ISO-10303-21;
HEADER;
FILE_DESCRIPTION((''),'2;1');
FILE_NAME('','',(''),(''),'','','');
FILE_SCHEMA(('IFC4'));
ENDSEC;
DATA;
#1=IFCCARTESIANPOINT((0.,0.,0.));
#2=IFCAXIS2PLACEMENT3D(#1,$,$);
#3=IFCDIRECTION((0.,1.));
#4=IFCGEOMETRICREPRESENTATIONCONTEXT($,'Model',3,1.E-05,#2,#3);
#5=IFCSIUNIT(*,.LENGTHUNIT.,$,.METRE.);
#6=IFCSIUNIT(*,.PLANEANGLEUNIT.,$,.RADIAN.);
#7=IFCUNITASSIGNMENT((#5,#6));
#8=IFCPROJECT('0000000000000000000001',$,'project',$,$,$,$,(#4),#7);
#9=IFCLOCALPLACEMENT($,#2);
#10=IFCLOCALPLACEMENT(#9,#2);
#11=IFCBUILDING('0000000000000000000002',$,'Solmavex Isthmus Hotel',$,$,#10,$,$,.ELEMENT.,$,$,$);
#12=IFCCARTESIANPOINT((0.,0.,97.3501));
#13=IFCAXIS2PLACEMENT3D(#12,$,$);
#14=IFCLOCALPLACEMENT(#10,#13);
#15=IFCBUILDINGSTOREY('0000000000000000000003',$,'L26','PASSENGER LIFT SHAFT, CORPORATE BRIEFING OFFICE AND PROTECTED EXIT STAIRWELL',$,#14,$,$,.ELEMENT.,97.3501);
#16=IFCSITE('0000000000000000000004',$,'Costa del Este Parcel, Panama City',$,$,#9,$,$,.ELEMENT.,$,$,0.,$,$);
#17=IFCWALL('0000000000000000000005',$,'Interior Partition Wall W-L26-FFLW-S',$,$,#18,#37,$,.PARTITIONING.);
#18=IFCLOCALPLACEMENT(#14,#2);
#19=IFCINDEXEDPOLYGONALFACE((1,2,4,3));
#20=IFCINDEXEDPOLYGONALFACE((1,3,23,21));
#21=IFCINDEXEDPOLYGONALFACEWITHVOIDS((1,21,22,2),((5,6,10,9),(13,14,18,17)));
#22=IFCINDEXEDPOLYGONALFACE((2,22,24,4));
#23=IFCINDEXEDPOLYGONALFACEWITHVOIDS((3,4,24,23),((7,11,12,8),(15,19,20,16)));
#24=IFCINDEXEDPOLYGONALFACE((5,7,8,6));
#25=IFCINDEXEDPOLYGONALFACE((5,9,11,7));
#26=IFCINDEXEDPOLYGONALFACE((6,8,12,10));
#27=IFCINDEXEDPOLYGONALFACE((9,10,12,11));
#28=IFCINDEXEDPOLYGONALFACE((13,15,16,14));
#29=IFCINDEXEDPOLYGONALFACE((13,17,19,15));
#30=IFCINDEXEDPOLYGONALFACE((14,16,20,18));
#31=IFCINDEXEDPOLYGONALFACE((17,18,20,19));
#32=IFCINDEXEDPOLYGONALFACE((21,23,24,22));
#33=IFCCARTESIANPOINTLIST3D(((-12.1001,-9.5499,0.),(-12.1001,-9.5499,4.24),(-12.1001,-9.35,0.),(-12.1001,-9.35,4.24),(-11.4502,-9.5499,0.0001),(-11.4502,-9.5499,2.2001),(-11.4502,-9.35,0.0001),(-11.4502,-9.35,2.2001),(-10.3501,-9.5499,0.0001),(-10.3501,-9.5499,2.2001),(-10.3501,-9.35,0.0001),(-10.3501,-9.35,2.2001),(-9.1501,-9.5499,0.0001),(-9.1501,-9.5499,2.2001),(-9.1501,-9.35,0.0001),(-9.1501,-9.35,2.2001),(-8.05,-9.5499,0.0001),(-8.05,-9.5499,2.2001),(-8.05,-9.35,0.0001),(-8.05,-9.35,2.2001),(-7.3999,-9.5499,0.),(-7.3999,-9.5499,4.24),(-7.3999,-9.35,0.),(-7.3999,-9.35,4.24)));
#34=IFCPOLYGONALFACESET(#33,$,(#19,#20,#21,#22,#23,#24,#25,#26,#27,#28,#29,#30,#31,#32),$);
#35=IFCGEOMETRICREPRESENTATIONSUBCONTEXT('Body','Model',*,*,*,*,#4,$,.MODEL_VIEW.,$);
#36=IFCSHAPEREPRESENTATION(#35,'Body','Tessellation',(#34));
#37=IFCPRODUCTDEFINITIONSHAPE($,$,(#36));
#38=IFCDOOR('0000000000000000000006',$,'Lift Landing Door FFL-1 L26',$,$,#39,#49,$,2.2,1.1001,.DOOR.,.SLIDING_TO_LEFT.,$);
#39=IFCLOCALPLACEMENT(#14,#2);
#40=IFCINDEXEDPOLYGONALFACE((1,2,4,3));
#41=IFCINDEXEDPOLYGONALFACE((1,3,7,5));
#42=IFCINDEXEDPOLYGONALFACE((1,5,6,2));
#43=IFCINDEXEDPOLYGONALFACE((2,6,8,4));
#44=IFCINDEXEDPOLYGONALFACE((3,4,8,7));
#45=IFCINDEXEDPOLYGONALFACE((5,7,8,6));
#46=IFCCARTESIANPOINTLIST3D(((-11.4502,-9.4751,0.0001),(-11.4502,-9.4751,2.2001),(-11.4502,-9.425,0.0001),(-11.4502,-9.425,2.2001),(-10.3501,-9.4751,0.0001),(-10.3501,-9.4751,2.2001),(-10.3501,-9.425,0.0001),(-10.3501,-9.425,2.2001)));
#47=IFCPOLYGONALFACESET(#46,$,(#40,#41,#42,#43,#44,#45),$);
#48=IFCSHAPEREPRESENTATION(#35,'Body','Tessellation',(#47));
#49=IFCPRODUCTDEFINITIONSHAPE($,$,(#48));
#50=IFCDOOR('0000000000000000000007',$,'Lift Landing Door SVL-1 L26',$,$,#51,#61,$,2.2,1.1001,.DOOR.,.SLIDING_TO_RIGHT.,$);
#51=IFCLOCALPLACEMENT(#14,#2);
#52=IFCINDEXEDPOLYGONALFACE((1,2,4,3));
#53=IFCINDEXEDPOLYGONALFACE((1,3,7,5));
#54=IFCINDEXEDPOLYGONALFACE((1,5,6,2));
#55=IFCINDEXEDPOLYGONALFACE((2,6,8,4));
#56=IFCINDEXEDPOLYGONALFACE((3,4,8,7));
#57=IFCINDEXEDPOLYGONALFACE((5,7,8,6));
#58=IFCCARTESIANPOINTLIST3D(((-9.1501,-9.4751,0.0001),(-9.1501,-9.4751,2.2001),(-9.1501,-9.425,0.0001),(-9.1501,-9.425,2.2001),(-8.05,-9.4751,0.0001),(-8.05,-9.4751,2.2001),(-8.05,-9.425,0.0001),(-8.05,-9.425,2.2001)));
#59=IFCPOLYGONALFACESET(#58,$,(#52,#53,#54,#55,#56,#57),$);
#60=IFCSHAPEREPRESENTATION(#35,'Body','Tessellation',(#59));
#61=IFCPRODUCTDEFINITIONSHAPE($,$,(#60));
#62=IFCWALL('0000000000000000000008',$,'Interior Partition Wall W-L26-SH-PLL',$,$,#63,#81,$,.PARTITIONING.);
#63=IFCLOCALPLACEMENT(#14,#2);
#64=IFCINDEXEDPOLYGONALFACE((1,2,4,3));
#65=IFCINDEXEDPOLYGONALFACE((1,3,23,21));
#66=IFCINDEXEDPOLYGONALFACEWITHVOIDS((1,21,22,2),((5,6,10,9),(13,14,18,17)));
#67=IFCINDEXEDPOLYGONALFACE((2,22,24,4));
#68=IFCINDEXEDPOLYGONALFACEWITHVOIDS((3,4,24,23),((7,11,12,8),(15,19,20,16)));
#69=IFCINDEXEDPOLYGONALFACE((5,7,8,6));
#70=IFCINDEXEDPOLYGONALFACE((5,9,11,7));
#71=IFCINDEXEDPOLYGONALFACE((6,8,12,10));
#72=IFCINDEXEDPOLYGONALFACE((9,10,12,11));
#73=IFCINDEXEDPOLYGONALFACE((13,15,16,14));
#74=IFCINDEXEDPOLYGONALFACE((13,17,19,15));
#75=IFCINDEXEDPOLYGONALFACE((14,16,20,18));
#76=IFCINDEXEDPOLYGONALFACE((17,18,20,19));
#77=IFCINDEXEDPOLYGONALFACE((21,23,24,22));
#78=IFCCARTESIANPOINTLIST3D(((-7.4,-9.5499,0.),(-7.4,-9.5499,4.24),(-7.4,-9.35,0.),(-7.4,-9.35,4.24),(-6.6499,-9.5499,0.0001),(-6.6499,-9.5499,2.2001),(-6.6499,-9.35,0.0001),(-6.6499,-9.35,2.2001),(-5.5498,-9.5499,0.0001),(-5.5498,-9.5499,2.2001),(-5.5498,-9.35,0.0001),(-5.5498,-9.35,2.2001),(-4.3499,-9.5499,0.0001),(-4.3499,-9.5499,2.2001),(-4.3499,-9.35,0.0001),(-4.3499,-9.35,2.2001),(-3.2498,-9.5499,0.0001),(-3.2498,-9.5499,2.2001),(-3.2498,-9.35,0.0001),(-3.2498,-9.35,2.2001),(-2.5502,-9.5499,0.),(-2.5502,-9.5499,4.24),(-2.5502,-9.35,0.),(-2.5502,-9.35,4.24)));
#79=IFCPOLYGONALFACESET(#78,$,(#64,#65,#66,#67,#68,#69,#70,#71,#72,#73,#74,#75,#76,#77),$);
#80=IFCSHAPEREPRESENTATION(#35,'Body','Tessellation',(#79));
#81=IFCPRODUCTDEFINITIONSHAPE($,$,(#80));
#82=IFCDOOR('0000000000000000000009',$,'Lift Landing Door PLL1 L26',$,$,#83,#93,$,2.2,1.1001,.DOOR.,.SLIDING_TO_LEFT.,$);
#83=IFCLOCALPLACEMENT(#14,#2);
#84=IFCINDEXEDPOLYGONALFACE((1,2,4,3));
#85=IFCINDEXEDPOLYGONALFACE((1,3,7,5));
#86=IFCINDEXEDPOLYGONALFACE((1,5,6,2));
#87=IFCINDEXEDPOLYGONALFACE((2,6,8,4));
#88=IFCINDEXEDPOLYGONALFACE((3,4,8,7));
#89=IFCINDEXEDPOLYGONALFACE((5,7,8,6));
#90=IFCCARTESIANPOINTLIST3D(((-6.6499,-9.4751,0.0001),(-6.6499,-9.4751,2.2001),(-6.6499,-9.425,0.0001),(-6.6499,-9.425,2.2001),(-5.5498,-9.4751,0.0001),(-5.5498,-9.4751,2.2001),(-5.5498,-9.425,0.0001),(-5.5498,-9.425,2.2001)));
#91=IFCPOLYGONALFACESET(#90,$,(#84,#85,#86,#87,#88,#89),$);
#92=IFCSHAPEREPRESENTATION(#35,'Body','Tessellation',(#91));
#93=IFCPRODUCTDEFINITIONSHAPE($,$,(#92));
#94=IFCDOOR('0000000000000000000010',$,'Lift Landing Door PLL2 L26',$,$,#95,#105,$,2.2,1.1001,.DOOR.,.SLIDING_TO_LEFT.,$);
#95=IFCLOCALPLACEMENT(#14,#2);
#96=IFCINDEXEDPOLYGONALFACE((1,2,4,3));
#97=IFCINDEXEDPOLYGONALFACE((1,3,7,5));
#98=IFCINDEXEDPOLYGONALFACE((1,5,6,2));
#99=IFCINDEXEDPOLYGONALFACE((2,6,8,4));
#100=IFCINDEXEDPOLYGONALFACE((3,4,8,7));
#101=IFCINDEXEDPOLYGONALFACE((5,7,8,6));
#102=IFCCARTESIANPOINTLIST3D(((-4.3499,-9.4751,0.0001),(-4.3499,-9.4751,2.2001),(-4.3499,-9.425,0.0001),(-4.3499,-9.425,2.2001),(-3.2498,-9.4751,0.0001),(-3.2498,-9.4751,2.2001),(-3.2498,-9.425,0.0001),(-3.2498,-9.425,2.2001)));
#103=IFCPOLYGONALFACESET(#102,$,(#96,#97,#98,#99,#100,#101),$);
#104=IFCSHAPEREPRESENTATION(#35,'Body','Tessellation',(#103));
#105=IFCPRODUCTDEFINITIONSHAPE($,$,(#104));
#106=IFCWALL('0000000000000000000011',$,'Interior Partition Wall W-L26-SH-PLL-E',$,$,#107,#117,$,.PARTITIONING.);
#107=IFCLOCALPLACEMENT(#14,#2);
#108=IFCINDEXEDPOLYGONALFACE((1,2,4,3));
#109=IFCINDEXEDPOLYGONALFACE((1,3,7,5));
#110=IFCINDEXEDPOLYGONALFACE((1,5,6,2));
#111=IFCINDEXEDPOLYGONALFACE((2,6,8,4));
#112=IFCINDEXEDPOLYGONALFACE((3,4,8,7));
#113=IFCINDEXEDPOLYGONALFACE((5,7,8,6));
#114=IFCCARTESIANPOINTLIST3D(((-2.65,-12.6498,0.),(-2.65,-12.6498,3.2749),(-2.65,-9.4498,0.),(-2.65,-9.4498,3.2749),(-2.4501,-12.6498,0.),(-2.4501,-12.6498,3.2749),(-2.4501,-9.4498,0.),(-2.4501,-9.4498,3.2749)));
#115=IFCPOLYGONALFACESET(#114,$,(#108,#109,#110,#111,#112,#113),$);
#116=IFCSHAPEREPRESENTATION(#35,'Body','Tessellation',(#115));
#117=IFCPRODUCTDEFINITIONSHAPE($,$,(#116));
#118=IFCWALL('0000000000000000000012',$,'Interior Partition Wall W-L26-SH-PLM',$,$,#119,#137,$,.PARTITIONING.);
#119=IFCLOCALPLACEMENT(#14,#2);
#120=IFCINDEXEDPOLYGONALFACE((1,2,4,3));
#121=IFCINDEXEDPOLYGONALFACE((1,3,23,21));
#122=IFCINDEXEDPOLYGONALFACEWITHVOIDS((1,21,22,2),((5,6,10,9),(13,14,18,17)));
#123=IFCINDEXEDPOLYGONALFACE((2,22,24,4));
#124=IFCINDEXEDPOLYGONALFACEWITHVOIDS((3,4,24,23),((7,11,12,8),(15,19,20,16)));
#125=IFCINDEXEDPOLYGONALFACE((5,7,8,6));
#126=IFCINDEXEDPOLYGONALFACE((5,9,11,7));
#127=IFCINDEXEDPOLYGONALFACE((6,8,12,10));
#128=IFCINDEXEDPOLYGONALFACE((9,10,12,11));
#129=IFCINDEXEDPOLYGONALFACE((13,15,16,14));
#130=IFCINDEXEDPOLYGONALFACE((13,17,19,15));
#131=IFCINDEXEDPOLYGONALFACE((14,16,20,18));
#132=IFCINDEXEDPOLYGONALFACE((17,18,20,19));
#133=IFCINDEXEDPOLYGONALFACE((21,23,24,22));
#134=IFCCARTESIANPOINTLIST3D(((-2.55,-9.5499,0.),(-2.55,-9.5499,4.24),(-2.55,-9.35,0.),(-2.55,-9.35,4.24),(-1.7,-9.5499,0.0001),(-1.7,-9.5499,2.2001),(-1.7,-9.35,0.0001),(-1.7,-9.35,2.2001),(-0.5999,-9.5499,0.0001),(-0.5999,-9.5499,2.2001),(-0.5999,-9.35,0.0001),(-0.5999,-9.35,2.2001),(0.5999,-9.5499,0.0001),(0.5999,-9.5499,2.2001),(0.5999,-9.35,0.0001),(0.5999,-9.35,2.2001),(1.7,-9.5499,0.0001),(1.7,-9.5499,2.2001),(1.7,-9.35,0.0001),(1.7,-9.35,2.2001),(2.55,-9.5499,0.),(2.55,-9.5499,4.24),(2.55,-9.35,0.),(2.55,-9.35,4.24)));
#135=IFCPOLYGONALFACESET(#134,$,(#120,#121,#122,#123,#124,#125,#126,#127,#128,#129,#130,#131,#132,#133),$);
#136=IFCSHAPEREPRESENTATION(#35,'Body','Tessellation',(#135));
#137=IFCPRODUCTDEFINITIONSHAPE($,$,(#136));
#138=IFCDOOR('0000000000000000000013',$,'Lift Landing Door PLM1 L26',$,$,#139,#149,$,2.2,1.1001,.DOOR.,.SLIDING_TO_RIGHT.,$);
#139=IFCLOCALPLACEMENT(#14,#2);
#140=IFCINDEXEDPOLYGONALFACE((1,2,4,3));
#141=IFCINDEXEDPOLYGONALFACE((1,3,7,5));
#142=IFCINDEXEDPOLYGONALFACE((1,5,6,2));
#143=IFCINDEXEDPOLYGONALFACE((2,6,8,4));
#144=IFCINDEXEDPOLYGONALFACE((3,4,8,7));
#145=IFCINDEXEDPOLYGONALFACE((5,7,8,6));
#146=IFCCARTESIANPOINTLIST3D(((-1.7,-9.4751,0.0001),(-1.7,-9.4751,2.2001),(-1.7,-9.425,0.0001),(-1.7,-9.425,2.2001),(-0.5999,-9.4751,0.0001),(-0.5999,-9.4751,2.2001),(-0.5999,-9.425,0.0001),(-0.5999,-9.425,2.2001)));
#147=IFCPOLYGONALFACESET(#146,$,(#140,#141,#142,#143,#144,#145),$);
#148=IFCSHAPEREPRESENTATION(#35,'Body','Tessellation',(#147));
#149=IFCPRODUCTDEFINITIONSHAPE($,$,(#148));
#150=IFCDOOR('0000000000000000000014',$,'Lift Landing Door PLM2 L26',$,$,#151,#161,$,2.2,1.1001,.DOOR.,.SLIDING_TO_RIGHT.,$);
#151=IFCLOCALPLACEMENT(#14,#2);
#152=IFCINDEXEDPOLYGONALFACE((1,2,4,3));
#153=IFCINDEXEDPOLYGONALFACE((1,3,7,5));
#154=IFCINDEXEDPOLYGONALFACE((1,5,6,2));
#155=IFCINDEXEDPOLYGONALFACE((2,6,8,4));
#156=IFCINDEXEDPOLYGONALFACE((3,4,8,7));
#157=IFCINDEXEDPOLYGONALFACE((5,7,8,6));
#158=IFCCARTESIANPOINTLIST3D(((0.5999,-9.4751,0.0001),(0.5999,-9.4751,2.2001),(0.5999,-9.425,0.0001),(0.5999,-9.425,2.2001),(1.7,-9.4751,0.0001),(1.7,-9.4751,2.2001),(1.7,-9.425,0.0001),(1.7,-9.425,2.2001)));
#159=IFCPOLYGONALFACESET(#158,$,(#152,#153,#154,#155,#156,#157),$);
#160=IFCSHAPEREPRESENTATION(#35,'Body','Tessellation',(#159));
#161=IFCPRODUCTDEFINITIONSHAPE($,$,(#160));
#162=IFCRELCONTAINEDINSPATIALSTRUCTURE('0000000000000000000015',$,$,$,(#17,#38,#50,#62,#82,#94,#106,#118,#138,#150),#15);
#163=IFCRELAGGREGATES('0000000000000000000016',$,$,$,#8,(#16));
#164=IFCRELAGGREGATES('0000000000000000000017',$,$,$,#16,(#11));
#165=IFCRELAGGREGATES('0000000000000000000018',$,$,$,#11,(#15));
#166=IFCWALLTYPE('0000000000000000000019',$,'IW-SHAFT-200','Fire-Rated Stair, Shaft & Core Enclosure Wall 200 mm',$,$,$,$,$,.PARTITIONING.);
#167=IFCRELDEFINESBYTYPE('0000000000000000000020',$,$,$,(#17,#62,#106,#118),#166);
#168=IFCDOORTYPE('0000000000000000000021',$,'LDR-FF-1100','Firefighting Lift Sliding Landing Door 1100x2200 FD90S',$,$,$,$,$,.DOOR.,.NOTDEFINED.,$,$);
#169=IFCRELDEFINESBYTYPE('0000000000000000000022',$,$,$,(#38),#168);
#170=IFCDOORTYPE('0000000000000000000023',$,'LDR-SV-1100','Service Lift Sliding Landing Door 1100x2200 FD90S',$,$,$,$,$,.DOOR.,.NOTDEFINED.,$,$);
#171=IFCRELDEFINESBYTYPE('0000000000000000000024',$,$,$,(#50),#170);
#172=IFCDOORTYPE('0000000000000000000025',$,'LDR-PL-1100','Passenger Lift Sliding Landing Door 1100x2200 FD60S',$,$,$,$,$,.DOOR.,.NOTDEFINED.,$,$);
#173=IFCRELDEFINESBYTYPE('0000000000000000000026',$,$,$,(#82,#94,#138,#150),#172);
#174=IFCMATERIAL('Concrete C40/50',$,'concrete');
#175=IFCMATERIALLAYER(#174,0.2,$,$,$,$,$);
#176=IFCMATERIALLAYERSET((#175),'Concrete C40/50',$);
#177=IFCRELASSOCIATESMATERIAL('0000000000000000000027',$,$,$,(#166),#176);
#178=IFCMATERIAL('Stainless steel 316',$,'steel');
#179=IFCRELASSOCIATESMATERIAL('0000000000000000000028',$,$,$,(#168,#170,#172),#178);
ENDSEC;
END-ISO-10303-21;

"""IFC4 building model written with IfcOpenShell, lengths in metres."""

from ifc_helpers import new_model, si_unit, direction, frame, frame_2d, origin, place, context, subcontext, project, spatial, rectangle, extrude, material, layer, layer_set, type_object, element, fill, save


model = new_model("IFC4")

# Units and contexts
model_context = context("Model", 3, precision=1e-05, world=origin(), true_north=direction((0.0, 1.0)))
body_context = subcontext(model_context, "Body", "Model", "MODEL_VIEW")
ifc_project = project(units=[si_unit("LENGTHUNIT", "METRE"), si_unit("PLANEANGLEUNIT", "RADIAN")], contexts=[model_context])

# Site, building, storey
site_placement = place(None, origin())
site = spatial("IfcSite", under=ifc_project, at=site_placement, Name="Costa del Este Parcel, Panama City", CompositionType="ELEMENT", RefElevation=0.0)
building_placement = place(site_placement, origin())
building = spatial("IfcBuilding", under=site, at=building_placement, Name="Solmavex Isthmus Hotel", CompositionType="ELEMENT")
storey_placement = place(building_placement, frame((0.0, 0.0, 97.3501)))
storey = spatial("IfcBuildingStorey", under=building, at=storey_placement, Name="L26", Description="PASSENGER LIFT SHAFT, CORPORATE BRIEFING OFFICE AND PROTECTED EXIT STAIRWELL", CompositionType="ELEMENT", Elevation=97.3501)

# Shared definitions
ifc_material_1 = material(Name="Concrete C40/50", Category="concrete")

# Shared definitions
ifc_layer_1 = layer(ifc_material_1, 0.2)
ifc_layer_set_1 = layer_set([ifc_layer_1], Name="Concrete C40/50")
wall_type_1 = type_object("IfcWallType", Name="IW-SHAFT-200", Description="Fire-Rated Stair, Shaft & Core Enclosure Wall 200 mm", PredefinedType="PARTITIONING", material=ifc_layer_set_1)

# Walls, openings, doors
wall_1_placement = place(storey_placement, frame((-12.1001, -9.45, 0.0), z_axis=(0.0, 0.0, 1.0), x_axis=(1.0, 0.0, 0.0)))
wall_1 = element("IfcWall", 1, at=wall_1_placement, inside=storey, type_object=wall_type_1, Name="Interior Partition Wall W-L26-FFLW-S", PredefinedType="PARTITIONING", context=body_context, shape_type="SweptSolid", body=[
    extrude(rectangle(XDim=4.7002, YDim=0.2, at=frame_2d((2.3501, 0.0))), origin(), (0.0, 0.0, 1.0), 4.24),
])
opening_1_placement = place(wall_1_placement, frame((0.6499, 0.0, 0.0)))
opening_1 = element("IfcOpeningElement", 2, at=opening_1_placement, cuts=wall_1, PredefinedType="OPENING", context=body_context, shape_type="SweptSolid", body=[
    extrude(rectangle(XDim=1.1001, YDim=2.2, at=frame_2d((0.55, 1.1001))), frame((0.0, 0.1099, 0.0), z_axis=(0.0, -1.0, 0.0), x_axis=(1.0, 0.0, 0.0)), (0.0, 0.0, 1.0), 0.22),
])
opening_2_placement = place(wall_1_placement, frame((2.95, 0.0, 0.0)))
opening_2 = element("IfcOpeningElement", 3, at=opening_2_placement, cuts=wall_1, PredefinedType="OPENING", context=body_context, shape_type="SweptSolid", body=[
    extrude(rectangle(XDim=1.1001, YDim=2.2, at=frame_2d((0.55, 1.1001))), frame((0.0, 0.1099, 0.0), z_axis=(0.0, -1.0, 0.0), x_axis=(1.0, 0.0, 0.0)), (0.0, 0.0, 1.0), 0.22),
])
ifc_material_2 = material(Name="Stainless steel 316", Category="steel")
door_type_1 = type_object("IfcDoorType", Name="LDR-FF-1100", Description="Firefighting Lift Sliding Landing Door 1100x2200 FD90S", OperationType="NOTDEFINED", PredefinedType="DOOR", material=ifc_material_2)
door_1_placement = place(opening_1_placement, origin())
door_1 = element("IfcDoor", 4, at=door_1_placement, inside=storey, type_object=door_type_1, Name="Lift Landing Door FFL-1 L26", OperationType="SLIDING_TO_LEFT", OverallHeight=2.2, OverallWidth=1.1001, PredefinedType="DOOR", context=body_context, shape_type="SweptSolid", body=[
    extrude(rectangle(XDim=1.1001, YDim=2.2, at=frame_2d((0.55, 1.1001))), frame((0.0, 0.0249, 0.0), z_axis=(0.0, -1.0, 0.0), x_axis=(1.0, 0.0, 0.0)), (0.0, 0.0, 1.0), 0.05),
])
fill(opening_1, door_1)
door_type_2 = type_object("IfcDoorType", Name="LDR-SV-1100", Description="Service Lift Sliding Landing Door 1100x2200 FD90S", OperationType="NOTDEFINED", PredefinedType="DOOR", material=ifc_material_2)
door_2_placement = place(opening_2_placement, origin())
door_2 = element("IfcDoor", 5, at=door_2_placement, inside=storey, type_object=door_type_2, Name="Lift Landing Door SVL-1 L26", OperationType="SLIDING_TO_RIGHT", OverallHeight=2.2, OverallWidth=1.1001, PredefinedType="DOOR", context=body_context, shape_type="SweptSolid", body=[
    extrude(rectangle(XDim=1.1001, YDim=2.2, at=frame_2d((0.55, 1.1001))), frame((0.0, 0.0249, 0.0), z_axis=(0.0, -1.0, 0.0), x_axis=(1.0, 0.0, 0.0)), (0.0, 0.0, 1.0), 0.05),
])
fill(opening_2, door_2)
wall_2_placement = place(storey_placement, frame((-7.3999, -9.45, 0.0), z_axis=(0.0, 0.0, 1.0), x_axis=(1.0, 0.0, 0.0)))
wall_2 = element("IfcWall", 6, at=wall_2_placement, inside=storey, type_object=wall_type_1, Name="Interior Partition Wall W-L26-SH-PLL", PredefinedType="PARTITIONING", context=body_context, shape_type="SweptSolid", body=[
    extrude(rectangle(XDim=4.8499, YDim=0.2, at=frame_2d((2.4248, 0.0))), origin(), (0.0, 0.0, 1.0), 4.24),
])
opening_3_placement = place(wall_2_placement, frame((0.75, 0.0, 0.0)))
opening_3 = element("IfcOpeningElement", 7, at=opening_3_placement, cuts=wall_2, PredefinedType="OPENING", context=body_context, shape_type="SweptSolid", body=[
    extrude(rectangle(XDim=1.1001, YDim=2.2, at=frame_2d((0.55, 1.1001))), frame((0.0, 0.1099, 0.0), z_axis=(0.0, -1.0, 0.0), x_axis=(1.0, 0.0, 0.0)), (0.0, 0.0, 1.0), 0.22),
])
opening_4_placement = place(wall_2_placement, frame((3.05, 0.0, 0.0)))
opening_4 = element("IfcOpeningElement", 8, at=opening_4_placement, cuts=wall_2, PredefinedType="OPENING", context=body_context, shape_type="SweptSolid", body=[
    extrude(rectangle(XDim=1.1001, YDim=2.2, at=frame_2d((0.55, 1.1001))), frame((0.0, 0.1099, 0.0), z_axis=(0.0, -1.0, 0.0), x_axis=(1.0, 0.0, 0.0)), (0.0, 0.0, 1.0), 0.22),
])
door_type_3 = type_object("IfcDoorType", Name="LDR-PL-1100", Description="Passenger Lift Sliding Landing Door 1100x2200 FD60S", OperationType="NOTDEFINED", PredefinedType="DOOR", material=ifc_material_2)
door_3_placement = place(opening_3_placement, origin())
door_3 = element("IfcDoor", 9, at=door_3_placement, inside=storey, type_object=door_type_3, Name="Lift Landing Door PLL1 L26", OperationType="SLIDING_TO_LEFT", OverallHeight=2.2, OverallWidth=1.1001, PredefinedType="DOOR", context=body_context, shape_type="SweptSolid", body=[
    extrude(rectangle(XDim=1.1001, YDim=2.2, at=frame_2d((0.55, 1.1001))), frame((0.0, 0.0249, 0.0), z_axis=(0.0, -1.0, 0.0), x_axis=(1.0, 0.0, 0.0)), (0.0, 0.0, 1.0), 0.05),
])
fill(opening_3, door_3)
door_4_placement = place(opening_4_placement, origin())
door_4 = element("IfcDoor", 10, at=door_4_placement, inside=storey, type_object=door_type_3, Name="Lift Landing Door PLL2 L26", OperationType="SLIDING_TO_LEFT", OverallHeight=2.2, OverallWidth=1.1001, PredefinedType="DOOR", context=body_context, shape_type="SweptSolid", body=[
    extrude(rectangle(XDim=1.1001, YDim=2.2, at=frame_2d((0.55, 1.1001))), frame((0.0, 0.0249, 0.0), z_axis=(0.0, -1.0, 0.0), x_axis=(1.0, 0.0, 0.0)), (0.0, 0.0, 1.0), 0.05),
])
fill(opening_4, door_4)

# Wall
wall_3_placement = place(storey_placement, frame((-2.55, -12.6499, 0.0), z_axis=(0.0, 0.0, 1.0), x_axis=(0.0, 1.0, 0.0)))
element("IfcWall", 11, at=wall_3_placement, inside=storey, type_object=wall_type_1, Name="Interior Partition Wall W-L26-SH-PLL-E", PredefinedType="PARTITIONING", context=body_context, shape_type="SweptSolid", body=[
    extrude(rectangle(XDim=3.2, YDim=0.2, at=frame_2d((1.6001, 0.0))), origin(), (0.0, 0.0, 1.0), 3.2749),
])

# Wall, openings, doors
wall_4_placement = place(storey_placement, frame((-2.55, -9.45, 0.0), z_axis=(0.0, 0.0, 1.0), x_axis=(1.0, 0.0, 0.0)))
wall_4 = element("IfcWall", 12, at=wall_4_placement, inside=storey, type_object=wall_type_1, Name="Interior Partition Wall W-L26-SH-PLM", PredefinedType="PARTITIONING", context=body_context, shape_type="SweptSolid", body=[
    extrude(rectangle(XDim=5.1001, YDim=0.2, at=frame_2d((2.55, 0.0))), origin(), (0.0, 0.0, 1.0), 4.24),
])
opening_5_placement = place(wall_4_placement, frame((0.8501, 0.0, 0.0)))
opening_5 = element("IfcOpeningElement", 13, at=opening_5_placement, cuts=wall_4, PredefinedType="OPENING", context=body_context, shape_type="SweptSolid", body=[
    extrude(rectangle(XDim=1.1001, YDim=2.2, at=frame_2d((0.55, 1.1001))), frame((0.0, 0.1099, 0.0), z_axis=(0.0, -1.0, 0.0), x_axis=(1.0, 0.0, 0.0)), (0.0, 0.0, 1.0), 0.22),
])
opening_6_placement = place(wall_4_placement, frame((3.1499, 0.0, 0.0)))
opening_6 = element("IfcOpeningElement", 14, at=opening_6_placement, cuts=wall_4, PredefinedType="OPENING", context=body_context, shape_type="SweptSolid", body=[
    extrude(rectangle(XDim=1.1001, YDim=2.2, at=frame_2d((0.55, 1.1001))), frame((0.0, 0.1099, 0.0), z_axis=(0.0, -1.0, 0.0), x_axis=(1.0, 0.0, 0.0)), (0.0, 0.0, 1.0), 0.22),
])
door_5_placement = place(opening_5_placement, origin())
door_5 = element("IfcDoor", 15, at=door_5_placement, inside=storey, type_object=door_type_3, Name="Lift Landing Door PLM1 L26", OperationType="SLIDING_TO_RIGHT", OverallHeight=2.2, OverallWidth=1.1001, PredefinedType="DOOR", context=body_context, shape_type="SweptSolid", body=[
    extrude(rectangle(XDim=1.1001, YDim=2.2, at=frame_2d((0.55, 1.1001))), frame((0.0, 0.0249, 0.0), z_axis=(0.0, -1.0, 0.0), x_axis=(1.0, 0.0, 0.0)), (0.0, 0.0, 1.0), 0.05),
])
fill(opening_5, door_5)
door_6_placement = place(opening_6_placement, origin())
door_6 = element("IfcDoor", 16, at=door_6_placement, inside=storey, type_object=door_type_3, Name="Lift Landing Door PLM2 L26", OperationType="SLIDING_TO_RIGHT", OverallHeight=2.2, OverallWidth=1.1001, PredefinedType="DOOR", context=body_context, shape_type="SweptSolid", body=[
    extrude(rectangle(XDim=1.1001, YDim=2.2, at=frame_2d((0.55, 1.1001))), frame((0.0, 0.0249, 0.0), z_axis=(0.0, -1.0, 0.0), x_axis=(1.0, 0.0, 0.0)), (0.0, 0.0, 1.0), 0.05),
])
fill(opening_6, door_6)

save(model, "model.ifc")
